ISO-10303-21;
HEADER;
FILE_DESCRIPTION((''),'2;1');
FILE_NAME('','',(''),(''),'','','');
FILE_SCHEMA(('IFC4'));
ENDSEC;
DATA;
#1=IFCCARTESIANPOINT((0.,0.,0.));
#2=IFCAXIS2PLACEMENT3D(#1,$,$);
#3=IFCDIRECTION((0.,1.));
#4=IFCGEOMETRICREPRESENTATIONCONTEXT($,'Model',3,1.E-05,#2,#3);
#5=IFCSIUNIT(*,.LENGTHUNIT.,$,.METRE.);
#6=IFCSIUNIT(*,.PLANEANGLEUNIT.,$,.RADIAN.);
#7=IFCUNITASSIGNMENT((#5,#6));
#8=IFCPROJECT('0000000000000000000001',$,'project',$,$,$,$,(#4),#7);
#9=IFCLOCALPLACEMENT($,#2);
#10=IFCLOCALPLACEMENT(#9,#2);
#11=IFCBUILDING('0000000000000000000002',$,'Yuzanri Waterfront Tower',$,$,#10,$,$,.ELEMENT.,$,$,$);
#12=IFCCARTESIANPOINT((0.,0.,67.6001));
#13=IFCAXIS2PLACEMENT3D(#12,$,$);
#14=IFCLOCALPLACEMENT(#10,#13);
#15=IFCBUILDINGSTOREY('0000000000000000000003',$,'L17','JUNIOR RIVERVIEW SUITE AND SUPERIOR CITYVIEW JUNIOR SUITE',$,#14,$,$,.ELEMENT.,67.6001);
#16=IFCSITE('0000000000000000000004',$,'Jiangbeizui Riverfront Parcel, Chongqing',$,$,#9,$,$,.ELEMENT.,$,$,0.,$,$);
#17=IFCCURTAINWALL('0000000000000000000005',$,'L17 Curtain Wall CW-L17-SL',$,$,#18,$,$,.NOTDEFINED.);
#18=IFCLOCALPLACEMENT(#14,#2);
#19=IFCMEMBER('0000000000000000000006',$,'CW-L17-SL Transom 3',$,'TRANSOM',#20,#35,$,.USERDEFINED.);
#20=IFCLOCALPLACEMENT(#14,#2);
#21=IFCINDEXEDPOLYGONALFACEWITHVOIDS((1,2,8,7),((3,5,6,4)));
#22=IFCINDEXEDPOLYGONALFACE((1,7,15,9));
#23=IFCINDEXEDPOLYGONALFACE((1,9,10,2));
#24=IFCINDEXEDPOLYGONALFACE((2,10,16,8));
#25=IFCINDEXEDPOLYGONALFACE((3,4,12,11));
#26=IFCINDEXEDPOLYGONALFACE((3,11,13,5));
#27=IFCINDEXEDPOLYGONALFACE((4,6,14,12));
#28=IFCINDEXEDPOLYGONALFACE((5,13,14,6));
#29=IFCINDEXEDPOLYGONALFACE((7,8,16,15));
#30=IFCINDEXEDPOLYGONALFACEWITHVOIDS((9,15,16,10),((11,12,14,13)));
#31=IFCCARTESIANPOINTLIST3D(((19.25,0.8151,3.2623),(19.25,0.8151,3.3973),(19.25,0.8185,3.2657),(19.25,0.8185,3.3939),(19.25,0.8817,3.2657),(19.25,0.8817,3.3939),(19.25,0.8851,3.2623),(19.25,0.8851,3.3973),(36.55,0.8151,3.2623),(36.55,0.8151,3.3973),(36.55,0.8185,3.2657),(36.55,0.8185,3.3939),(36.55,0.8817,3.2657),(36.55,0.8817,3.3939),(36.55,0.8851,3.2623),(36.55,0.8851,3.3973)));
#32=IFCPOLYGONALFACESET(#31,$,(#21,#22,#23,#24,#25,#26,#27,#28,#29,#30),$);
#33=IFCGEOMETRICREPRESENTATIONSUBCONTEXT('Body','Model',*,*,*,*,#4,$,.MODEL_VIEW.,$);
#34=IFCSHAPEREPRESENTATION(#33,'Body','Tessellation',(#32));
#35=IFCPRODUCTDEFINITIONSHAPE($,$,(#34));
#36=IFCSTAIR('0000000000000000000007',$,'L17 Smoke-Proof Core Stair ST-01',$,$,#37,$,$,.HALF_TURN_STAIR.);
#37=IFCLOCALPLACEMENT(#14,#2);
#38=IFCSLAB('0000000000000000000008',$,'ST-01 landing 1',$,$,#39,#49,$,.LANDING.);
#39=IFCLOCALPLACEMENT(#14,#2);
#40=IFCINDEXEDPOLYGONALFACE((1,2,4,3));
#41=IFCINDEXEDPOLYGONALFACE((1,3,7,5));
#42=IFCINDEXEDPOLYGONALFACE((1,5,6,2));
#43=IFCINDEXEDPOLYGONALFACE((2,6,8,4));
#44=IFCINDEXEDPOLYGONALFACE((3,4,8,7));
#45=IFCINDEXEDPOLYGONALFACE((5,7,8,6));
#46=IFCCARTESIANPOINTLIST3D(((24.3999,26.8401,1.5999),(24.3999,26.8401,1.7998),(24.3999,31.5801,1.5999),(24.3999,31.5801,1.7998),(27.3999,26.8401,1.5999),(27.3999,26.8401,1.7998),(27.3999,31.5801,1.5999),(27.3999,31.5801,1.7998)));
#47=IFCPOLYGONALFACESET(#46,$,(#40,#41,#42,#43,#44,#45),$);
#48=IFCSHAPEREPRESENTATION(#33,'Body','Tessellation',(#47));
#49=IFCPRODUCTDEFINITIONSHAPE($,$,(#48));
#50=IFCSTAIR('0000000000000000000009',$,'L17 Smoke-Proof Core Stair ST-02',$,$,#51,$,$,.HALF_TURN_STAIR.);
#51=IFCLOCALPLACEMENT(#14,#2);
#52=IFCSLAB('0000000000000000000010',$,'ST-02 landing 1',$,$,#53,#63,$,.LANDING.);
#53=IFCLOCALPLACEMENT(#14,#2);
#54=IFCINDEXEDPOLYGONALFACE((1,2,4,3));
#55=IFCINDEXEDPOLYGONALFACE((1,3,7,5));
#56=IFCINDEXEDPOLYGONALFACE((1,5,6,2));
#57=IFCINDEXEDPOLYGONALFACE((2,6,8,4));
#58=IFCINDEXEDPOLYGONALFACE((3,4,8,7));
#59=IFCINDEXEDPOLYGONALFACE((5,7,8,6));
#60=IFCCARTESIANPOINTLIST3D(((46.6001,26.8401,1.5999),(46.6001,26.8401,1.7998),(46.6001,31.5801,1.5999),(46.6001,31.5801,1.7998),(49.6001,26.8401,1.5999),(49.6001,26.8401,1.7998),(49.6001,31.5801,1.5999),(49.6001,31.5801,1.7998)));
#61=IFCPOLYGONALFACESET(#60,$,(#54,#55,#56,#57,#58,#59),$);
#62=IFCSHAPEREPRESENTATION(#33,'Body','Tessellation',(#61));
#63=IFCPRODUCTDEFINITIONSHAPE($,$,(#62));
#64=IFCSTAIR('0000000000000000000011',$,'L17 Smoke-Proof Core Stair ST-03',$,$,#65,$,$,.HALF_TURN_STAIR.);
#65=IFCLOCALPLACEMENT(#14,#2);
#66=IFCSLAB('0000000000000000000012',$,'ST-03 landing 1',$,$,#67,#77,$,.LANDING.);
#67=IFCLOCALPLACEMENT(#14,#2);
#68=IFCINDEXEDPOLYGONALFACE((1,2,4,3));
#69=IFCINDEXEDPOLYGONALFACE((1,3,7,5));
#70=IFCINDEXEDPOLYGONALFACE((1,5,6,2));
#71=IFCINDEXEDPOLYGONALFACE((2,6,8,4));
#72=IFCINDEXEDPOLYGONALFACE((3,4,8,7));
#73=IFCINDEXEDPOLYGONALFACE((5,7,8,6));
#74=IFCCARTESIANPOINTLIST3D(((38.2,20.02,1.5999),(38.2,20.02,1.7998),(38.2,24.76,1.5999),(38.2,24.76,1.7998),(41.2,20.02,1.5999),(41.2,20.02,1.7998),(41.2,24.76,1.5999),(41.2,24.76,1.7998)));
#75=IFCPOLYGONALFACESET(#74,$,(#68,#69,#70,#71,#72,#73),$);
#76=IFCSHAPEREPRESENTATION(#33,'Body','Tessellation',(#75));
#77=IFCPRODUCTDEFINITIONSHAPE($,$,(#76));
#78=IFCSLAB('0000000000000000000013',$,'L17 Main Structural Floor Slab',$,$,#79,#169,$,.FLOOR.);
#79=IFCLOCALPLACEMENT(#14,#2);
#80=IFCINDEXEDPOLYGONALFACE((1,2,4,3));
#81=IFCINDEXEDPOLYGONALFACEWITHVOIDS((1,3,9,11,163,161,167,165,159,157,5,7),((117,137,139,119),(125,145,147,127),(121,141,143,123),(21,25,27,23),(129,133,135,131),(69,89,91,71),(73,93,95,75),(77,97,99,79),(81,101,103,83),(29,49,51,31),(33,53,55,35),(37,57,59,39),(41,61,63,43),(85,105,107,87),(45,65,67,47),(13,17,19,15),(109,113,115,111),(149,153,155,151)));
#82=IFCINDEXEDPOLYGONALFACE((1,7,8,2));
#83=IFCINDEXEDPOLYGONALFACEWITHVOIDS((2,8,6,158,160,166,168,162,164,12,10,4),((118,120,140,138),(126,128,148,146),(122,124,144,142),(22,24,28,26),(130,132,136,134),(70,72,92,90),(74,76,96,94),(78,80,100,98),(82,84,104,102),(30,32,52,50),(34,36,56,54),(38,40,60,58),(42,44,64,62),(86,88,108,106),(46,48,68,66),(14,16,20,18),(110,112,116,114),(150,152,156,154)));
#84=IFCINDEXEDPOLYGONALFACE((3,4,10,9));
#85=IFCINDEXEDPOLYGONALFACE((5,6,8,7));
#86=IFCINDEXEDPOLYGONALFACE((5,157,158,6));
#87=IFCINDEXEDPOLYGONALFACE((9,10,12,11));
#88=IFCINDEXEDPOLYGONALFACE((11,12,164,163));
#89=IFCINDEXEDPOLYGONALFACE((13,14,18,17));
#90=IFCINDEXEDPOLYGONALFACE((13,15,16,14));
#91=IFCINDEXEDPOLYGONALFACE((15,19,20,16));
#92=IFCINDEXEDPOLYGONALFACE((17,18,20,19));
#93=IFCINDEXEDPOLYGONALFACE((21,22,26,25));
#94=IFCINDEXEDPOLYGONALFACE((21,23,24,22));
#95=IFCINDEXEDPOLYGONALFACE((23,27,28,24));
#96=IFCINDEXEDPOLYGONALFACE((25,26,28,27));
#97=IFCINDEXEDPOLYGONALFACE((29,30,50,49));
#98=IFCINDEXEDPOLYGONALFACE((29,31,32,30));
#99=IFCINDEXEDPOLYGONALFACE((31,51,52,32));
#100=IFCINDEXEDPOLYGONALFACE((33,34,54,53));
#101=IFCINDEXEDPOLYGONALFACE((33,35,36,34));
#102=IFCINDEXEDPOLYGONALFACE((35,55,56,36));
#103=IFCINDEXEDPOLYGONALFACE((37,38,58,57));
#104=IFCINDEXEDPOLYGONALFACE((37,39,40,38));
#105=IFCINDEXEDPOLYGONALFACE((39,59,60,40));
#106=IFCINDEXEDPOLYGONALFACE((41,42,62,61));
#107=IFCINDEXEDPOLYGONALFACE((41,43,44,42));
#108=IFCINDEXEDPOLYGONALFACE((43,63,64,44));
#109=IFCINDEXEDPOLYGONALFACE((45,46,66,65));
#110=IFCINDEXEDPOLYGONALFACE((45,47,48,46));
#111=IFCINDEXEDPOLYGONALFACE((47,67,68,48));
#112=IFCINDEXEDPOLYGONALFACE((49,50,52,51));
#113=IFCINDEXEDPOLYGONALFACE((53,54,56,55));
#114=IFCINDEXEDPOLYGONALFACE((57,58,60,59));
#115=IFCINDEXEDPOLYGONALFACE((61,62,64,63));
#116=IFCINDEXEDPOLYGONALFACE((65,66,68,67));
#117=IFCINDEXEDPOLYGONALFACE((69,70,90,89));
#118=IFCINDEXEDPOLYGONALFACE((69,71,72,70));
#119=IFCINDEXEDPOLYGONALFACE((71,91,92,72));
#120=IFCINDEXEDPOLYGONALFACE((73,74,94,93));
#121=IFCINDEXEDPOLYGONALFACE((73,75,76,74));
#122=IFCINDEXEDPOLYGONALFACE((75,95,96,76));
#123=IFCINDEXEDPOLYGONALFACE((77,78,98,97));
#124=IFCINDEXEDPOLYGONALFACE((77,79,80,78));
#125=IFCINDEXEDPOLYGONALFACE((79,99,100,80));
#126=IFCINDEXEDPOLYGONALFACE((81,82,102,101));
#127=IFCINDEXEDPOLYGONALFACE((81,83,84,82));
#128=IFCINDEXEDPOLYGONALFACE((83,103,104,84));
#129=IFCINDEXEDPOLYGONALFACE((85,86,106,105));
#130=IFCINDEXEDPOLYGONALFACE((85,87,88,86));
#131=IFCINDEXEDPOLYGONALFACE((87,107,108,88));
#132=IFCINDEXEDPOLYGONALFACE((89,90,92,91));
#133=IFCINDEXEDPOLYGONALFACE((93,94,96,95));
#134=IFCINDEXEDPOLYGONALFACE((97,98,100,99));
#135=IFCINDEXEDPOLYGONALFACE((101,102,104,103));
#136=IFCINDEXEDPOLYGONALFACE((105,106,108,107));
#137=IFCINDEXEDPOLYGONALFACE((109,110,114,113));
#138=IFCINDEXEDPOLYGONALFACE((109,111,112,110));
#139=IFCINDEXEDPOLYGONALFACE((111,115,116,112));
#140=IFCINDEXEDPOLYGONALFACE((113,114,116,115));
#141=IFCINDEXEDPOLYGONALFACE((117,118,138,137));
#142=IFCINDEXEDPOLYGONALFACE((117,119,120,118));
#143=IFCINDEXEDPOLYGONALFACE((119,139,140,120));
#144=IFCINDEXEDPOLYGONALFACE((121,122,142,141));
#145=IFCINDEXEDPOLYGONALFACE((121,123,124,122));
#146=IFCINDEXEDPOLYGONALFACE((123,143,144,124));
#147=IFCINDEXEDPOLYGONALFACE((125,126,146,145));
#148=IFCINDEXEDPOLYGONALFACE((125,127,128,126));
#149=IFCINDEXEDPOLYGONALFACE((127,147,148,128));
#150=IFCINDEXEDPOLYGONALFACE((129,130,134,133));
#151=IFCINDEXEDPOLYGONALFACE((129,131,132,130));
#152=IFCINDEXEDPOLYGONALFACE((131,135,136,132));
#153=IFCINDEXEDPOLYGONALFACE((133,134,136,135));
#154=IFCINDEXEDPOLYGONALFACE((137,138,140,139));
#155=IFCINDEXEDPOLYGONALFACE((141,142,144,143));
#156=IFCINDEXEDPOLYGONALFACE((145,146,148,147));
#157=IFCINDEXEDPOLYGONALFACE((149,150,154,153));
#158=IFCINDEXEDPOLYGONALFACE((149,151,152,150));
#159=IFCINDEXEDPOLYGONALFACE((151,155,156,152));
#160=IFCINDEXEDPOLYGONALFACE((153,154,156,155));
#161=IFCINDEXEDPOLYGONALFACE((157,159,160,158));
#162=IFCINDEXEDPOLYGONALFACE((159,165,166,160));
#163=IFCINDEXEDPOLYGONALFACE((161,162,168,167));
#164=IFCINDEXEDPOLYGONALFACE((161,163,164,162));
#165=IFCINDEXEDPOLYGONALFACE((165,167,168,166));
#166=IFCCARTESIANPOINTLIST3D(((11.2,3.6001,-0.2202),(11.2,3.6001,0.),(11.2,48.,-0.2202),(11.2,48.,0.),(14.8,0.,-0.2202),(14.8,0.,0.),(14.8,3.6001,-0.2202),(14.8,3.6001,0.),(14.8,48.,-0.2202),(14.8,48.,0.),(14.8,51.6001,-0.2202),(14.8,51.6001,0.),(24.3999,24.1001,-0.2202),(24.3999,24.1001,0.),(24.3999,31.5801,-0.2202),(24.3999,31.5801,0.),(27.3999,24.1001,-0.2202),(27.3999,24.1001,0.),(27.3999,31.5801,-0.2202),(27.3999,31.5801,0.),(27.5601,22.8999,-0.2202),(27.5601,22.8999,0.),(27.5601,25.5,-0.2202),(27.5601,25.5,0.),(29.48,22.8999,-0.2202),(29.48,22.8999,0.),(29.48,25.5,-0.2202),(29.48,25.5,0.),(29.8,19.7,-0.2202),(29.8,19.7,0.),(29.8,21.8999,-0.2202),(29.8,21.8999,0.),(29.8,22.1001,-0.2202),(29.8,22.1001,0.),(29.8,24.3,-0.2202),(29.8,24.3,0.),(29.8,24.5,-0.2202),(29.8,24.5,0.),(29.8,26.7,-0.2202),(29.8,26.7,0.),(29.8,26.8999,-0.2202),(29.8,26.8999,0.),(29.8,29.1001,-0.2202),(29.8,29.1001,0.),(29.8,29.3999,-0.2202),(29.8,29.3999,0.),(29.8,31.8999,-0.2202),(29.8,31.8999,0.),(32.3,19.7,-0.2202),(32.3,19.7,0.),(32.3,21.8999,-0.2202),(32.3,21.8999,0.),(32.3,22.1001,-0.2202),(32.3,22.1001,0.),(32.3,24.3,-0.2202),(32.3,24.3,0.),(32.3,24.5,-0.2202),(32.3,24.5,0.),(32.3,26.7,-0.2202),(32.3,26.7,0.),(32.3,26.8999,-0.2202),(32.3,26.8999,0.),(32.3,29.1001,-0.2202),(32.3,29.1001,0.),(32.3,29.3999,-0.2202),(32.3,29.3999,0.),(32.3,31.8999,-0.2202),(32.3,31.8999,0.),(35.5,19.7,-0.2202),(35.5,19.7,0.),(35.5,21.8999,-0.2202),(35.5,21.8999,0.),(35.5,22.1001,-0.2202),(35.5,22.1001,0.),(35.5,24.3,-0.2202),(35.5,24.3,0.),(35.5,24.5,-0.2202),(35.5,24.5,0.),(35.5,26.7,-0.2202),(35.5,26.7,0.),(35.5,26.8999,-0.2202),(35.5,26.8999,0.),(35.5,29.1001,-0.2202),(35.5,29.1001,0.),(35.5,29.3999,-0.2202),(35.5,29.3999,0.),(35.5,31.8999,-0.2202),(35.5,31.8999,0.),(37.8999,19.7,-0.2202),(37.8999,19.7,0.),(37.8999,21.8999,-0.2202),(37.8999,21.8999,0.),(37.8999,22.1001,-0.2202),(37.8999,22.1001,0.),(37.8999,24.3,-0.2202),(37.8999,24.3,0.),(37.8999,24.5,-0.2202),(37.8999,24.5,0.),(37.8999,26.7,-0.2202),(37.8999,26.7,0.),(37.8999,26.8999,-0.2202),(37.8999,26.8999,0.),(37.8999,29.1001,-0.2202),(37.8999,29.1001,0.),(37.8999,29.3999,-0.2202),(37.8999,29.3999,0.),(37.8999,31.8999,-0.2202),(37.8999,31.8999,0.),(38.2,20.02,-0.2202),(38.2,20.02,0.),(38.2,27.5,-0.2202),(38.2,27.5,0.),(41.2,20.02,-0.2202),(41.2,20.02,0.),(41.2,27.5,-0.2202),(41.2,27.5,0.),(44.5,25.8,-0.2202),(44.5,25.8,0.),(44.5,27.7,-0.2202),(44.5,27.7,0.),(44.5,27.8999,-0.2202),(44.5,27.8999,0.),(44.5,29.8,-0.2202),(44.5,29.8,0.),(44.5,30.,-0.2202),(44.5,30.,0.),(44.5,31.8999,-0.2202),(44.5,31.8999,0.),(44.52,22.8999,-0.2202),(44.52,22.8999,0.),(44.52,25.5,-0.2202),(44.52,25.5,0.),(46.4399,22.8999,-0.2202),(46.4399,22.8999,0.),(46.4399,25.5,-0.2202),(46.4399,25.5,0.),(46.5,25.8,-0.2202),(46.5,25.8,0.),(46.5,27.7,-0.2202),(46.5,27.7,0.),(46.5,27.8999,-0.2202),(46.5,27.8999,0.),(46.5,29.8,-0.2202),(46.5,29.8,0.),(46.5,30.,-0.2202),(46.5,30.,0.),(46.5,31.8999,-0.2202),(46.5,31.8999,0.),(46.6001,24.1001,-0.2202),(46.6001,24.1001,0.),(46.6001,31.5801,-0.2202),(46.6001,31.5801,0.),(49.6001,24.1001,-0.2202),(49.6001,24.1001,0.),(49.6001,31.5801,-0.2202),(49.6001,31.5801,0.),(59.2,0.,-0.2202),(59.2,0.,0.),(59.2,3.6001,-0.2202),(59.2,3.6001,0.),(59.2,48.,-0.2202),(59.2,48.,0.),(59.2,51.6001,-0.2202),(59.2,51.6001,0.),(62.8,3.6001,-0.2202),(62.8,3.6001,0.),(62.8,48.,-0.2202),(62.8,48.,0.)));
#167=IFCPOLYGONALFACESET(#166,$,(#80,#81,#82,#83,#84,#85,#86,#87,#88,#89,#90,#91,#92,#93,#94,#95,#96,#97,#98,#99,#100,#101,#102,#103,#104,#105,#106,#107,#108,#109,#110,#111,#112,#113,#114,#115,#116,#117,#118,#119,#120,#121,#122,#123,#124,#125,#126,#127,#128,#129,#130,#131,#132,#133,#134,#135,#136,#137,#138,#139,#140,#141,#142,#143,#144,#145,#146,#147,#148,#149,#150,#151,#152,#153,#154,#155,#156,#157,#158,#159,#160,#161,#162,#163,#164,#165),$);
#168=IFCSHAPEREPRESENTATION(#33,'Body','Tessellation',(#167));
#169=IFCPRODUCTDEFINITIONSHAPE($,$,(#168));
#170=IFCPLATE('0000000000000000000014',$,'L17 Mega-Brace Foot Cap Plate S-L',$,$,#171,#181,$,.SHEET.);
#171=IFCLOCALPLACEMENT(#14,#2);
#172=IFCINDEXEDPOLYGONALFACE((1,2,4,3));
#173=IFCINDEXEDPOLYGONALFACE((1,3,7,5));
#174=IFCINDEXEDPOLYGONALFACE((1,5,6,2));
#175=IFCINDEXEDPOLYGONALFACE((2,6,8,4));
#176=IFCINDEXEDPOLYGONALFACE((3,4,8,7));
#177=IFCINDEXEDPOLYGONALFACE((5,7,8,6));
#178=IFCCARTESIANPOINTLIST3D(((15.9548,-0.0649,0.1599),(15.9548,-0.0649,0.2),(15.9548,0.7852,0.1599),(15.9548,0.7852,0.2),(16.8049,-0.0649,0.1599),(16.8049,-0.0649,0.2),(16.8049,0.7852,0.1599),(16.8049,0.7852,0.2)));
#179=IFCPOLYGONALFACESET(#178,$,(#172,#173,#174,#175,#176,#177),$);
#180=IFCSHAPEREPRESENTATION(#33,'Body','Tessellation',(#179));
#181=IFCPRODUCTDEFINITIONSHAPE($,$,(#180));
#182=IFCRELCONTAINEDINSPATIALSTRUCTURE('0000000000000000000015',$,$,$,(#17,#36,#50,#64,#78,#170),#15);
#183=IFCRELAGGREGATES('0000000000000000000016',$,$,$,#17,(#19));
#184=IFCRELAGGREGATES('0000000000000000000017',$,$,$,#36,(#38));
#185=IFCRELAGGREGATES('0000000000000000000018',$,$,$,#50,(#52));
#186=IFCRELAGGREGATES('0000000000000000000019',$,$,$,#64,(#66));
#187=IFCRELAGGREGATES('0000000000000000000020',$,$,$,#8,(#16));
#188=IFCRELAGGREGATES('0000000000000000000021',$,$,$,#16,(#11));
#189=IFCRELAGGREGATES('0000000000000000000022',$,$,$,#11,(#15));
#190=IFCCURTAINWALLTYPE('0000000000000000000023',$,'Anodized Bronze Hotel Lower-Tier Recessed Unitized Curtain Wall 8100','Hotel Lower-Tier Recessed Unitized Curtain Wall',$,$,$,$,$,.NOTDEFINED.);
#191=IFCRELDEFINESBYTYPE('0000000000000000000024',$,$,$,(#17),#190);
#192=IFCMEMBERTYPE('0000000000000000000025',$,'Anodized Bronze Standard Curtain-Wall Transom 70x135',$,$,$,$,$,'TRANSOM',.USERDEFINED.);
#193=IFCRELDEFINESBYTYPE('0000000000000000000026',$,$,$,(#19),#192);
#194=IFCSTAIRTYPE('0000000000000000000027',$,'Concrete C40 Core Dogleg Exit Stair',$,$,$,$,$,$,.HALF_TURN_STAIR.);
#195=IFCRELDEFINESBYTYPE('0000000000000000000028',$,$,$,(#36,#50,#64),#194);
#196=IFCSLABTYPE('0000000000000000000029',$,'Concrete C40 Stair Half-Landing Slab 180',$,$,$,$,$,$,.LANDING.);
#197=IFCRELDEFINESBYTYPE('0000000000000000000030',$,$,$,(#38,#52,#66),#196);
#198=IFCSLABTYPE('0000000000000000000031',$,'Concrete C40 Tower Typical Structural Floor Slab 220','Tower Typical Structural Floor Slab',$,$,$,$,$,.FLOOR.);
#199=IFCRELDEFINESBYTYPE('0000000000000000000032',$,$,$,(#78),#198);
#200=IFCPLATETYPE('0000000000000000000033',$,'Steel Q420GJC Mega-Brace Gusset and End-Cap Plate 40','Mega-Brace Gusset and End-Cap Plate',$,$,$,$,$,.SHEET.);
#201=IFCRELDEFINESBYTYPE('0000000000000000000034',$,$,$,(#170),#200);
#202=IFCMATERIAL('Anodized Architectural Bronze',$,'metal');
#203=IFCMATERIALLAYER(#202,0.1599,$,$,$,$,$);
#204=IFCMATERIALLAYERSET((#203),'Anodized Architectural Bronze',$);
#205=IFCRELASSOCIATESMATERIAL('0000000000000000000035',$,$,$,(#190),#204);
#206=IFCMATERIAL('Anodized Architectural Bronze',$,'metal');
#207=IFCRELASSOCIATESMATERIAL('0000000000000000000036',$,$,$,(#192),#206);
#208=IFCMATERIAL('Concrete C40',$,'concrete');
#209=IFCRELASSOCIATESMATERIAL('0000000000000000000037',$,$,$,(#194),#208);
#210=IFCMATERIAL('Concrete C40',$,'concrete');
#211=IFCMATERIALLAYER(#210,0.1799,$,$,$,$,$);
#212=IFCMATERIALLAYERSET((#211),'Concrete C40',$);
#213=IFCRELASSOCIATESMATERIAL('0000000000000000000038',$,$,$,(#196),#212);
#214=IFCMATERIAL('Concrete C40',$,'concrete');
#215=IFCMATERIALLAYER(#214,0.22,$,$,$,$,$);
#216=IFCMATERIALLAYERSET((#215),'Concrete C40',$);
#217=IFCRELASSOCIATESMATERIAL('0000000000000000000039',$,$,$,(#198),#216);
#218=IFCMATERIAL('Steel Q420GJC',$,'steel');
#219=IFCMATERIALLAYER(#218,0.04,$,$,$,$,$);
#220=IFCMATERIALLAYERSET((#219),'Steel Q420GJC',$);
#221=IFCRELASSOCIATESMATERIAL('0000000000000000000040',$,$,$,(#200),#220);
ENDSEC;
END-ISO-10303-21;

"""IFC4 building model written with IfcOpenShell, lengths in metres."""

from ifc_helpers import new_model, si_unit, direction, frame, origin, origin_2d, place, context, subcontext, project, spatial, polyline, rectangle, hollow_rectangle, outline, extrude, source, transform, mapped, material, layer, layer_set, material_profile, profile_set, type_object, element, aggregate, save


model = new_model("IFC4")

# Units and contexts
model_context = context("Model", 3, precision=1e-05, world=origin(), true_north=direction((0.0, 1.0)))
body_context = subcontext(model_context, "Body", "Model", "MODEL_VIEW")
ifc_project = project(units=[si_unit("LENGTHUNIT", "METRE"), si_unit("PLANEANGLEUNIT", "RADIAN")], contexts=[model_context])

# Site, building, storey
site_placement = place(None, origin())
site = spatial("IfcSite", under=ifc_project, at=site_placement, Name="Jiangbeizui Riverfront Parcel, Chongqing", CompositionType="ELEMENT", RefElevation=0.0)
building_placement = place(site_placement, origin())
building = spatial("IfcBuilding", under=site, at=building_placement, Name="Yuzanri Waterfront Tower", CompositionType="ELEMENT")
storey_placement = place(building_placement, frame((0.0, 0.0, 67.6001)))
storey = spatial("IfcBuildingStorey", under=building, at=storey_placement, Name="L17", Description="JUNIOR RIVERVIEW SUITE AND SUPERIOR CITYVIEW JUNIOR SUITE", CompositionType="ELEMENT", Elevation=67.6001)

# Curtain wall, member
ifc_material_1 = material(Name="Anodized Architectural Bronze", Category="metal")
ifc_layer_1 = layer(ifc_material_1, 0.1599)
ifc_layer_set_1 = layer_set([ifc_layer_1], Name="Anodized Architectural Bronze")
curtain_wall_type = type_object("IfcCurtainWallType", Name="Anodized Bronze Hotel Lower-Tier Recessed Unitized Curtain Wall 8100", Description="Hotel Lower-Tier Recessed Unitized Curtain Wall", PredefinedType="NOTDEFINED", material=ifc_layer_set_1)
curtain_wall_placement = place(storey_placement, origin())
curtain_wall = element("IfcCurtainWall", 1, at=curtain_wall_placement, inside=storey, type_object=curtain_wall_type, Name="L17 Curtain Wall CW-L17-SL", PredefinedType="NOTDEFINED")
ifc_material_2 = material(Name="Anodized Architectural Bronze", Category="metal")
ifc_material_profile_1 = material_profile(ifc_material_2, hollow_rectangle(XDim=0.0701, YDim=0.135, WallThickness=0.0034, at=origin_2d()), Name="CWT 70x135")
ifc_profile_set_1 = profile_set([ifc_material_profile_1], Name="Anodized Architectural Bronze")
member_type_1 = type_object("IfcMemberType", Name="Anodized Bronze Standard Curtain-Wall Transom 70x135", ElementType="TRANSOM", PredefinedType="USERDEFINED", material=ifc_profile_set_1)
shared_shape_1 = source(origin(), body_context, "Body", "SweptSolid", [
    extrude(hollow_rectangle(XDim=0.0701, YDim=0.135, WallThickness=0.0034, at=origin_2d()), origin(), (0.0, 0.0, 1.0), 17.3),
])
member_1_placement = place(storey_placement, frame((19.25, 0.8501, 3.3298), z_axis=(1.0, 0.0, 0.0), x_axis=(0.0, 1.0, 0.0)))
member_1 = element("IfcMember", 2, at=member_1_placement, type_object=member_type_1, Name="CW-L17-SL Transom 3", ObjectType="TRANSOM", PredefinedType="USERDEFINED", context=body_context, shape_type="MappedRepresentation", body=[
    mapped(shared_shape_1, transform((0.0, 0.0, 0.0), scale=1.0)),
])
aggregate(curtain_wall, [member_1])

# Stairs, slabs
ifc_material_3 = material(Name="Concrete C40", Category="concrete")
stair_type = type_object("IfcStairType", Name="Concrete C40 Core Dogleg Exit Stair", PredefinedType="HALF_TURN_STAIR", material=ifc_material_3)
stair_1_placement = place(storey_placement, origin())
stair_1 = element("IfcStair", 3, at=stair_1_placement, inside=storey, type_object=stair_type, Name="L17 Smoke-Proof Core Stair ST-01", PredefinedType="HALF_TURN_STAIR")
ifc_material_4 = material(Name="Concrete C40", Category="concrete")
ifc_layer_2 = layer(ifc_material_4, 0.1799)
ifc_layer_set_2 = layer_set([ifc_layer_2], Name="Concrete C40")
slab_type_1 = type_object("IfcSlabType", Name="Concrete C40 Stair Half-Landing Slab 180", PredefinedType="LANDING", material=ifc_layer_set_2)
slab_1_placement = place(storey_placement, frame((0.0, 0.0, 1.5999)))
slab_1 = element("IfcSlab", 4, at=slab_1_placement, type_object=slab_type_1, Name="ST-01 landing 1", PredefinedType="LANDING", context=body_context, shape_type="SweptSolid", body=[
    extrude(outline(polyline([(27.3999, 26.8401), (27.3999, 31.5801), (24.3999, 31.5801), (24.3999, 26.8401), (27.3999, 26.8401)])), origin(), (0.0, 0.0, 1.0), 0.2),
])
aggregate(stair_1, [slab_1])
stair_2_placement = place(storey_placement, origin())
stair_2 = element("IfcStair", 5, at=stair_2_placement, inside=storey, type_object=stair_type, Name="L17 Smoke-Proof Core Stair ST-02", PredefinedType="HALF_TURN_STAIR")
slab_2_placement = place(storey_placement, frame((0.0, 0.0, 1.5999)))
slab_2 = element("IfcSlab", 6, at=slab_2_placement, type_object=slab_type_1, Name="ST-02 landing 1", PredefinedType="LANDING", context=body_context, shape_type="SweptSolid", body=[
    extrude(outline(polyline([(49.6001, 26.8401), (49.6001, 31.5801), (46.6001, 31.5801), (46.6001, 26.8401), (49.6001, 26.8401)])), origin(), (0.0, 0.0, 1.0), 0.2),
])
aggregate(stair_2, [slab_2])
stair_3_placement = place(storey_placement, origin())
stair_3 = element("IfcStair", 7, at=stair_3_placement, inside=storey, type_object=stair_type, Name="L17 Smoke-Proof Core Stair ST-03", PredefinedType="HALF_TURN_STAIR")
slab_3_placement = place(storey_placement, frame((0.0, 0.0, 1.5999)))
slab_3 = element("IfcSlab", 8, at=slab_3_placement, type_object=slab_type_1, Name="ST-03 landing 1", PredefinedType="LANDING", context=body_context, shape_type="SweptSolid", body=[
    extrude(outline(polyline([(38.2, 24.76), (38.2, 20.02), (41.2, 20.02), (41.2, 24.76), (38.2, 24.76)])), origin(), (0.0, 0.0, 1.0), 0.2),
])
aggregate(stair_3, [slab_3])

# Slab
ifc_material_5 = material(Name="Concrete C40", Category="concrete")
ifc_layer_3 = layer(ifc_material_5, 0.22)
ifc_layer_set_3 = layer_set([ifc_layer_3], Name="Concrete C40")
slab_type_2 = type_object("IfcSlabType", Name="Concrete C40 Tower Typical Structural Floor Slab 220", Description="Tower Typical Structural Floor Slab", PredefinedType="FLOOR", material=ifc_layer_set_3)
slab_4_placement = place(storey_placement, frame((0.0, 0.0, -0.2202)))
element("IfcSlab", 9, at=slab_4_placement, inside=storey, type_object=slab_type_2, Name="L17 Main Structural Floor Slab", PredefinedType="FLOOR", context=body_context, shape_type="SweptSolid", body=[
    extrude(outline(polyline([(14.8, 0.0), (59.2, 0.0), (59.2, 3.6001), (62.8, 3.6001), (62.8, 48.0), (59.2, 48.0), (59.2, 51.6001), (14.8, 51.6001), (14.8, 48.0), (11.2, 48.0), (11.2, 3.6001), (14.8, 3.6001), (14.8, 0.0)]), holes=[polyline([(27.3999, 24.1001), (27.3999, 31.5801), (24.3999, 31.5801), (24.3999, 24.1001), (27.3999, 24.1001)]), polyline([(49.6001, 24.1001), (49.6001, 31.5801), (46.6001, 31.5801), (46.6001, 24.1001), (49.6001, 24.1001)]), polyline([(38.2, 27.5), (38.2, 20.02), (41.2, 20.02), (41.2, 27.5), (38.2, 27.5)]), polyline([(27.5601, 22.8999), (29.48, 22.8999), (29.48, 25.5), (27.5601, 25.5), (27.5601, 22.8999)]), polyline([(44.52, 22.8999), (46.4399, 22.8999), (46.4399, 25.5), (44.52, 25.5), (44.52, 22.8999)]), polyline([(29.8, 19.7), (32.3, 19.7), (32.3, 21.8999), (29.8, 21.8999), (29.8, 19.7)]), polyline([(29.8, 22.1001), (32.3, 22.1001), (32.3, 24.3), (29.8, 24.3), (29.8, 22.1001)]), polyline([(29.8, 24.5), (32.3, 24.5), (32.3, 26.7), (29.8, 26.7), (29.8, 24.5)]), polyline([(29.8, 26.8999), (32.3, 26.8999), (32.3, 29.1001), (29.8, 29.1001), (29.8, 26.8999)]), polyline([(29.8, 29.3999), (32.3, 29.3999), (32.3, 31.8999), (29.8, 31.8999), (29.8, 29.3999)]), polyline([(35.5, 19.7), (37.8999, 19.7), (37.8999, 21.8999), (35.5, 21.8999), (35.5, 19.7)]), polyline([(35.5, 22.1001), (37.8999, 22.1001), (37.8999, 24.3), (35.5, 24.3), (35.5, 22.1001)]), polyline([(35.5, 24.5), (37.8999, 24.5), (37.8999, 26.7), (35.5, 26.7), (35.5, 24.5)]), polyline([(35.5, 26.8999), (37.8999, 26.8999), (37.8999, 29.1001), (35.5, 29.1001), (35.5, 26.8999)]), polyline([(35.5, 29.3999), (37.8999, 29.3999), (37.8999, 31.8999), (35.5, 31.8999), (35.5, 29.3999)]), polyline([(44.5, 25.8), (46.5, 25.8), (46.5, 27.7), (44.5, 27.7), (44.5, 25.8)]), polyline([(44.5, 27.8999), (46.5, 27.8999), (46.5, 29.8), (44.5, 29.8), (44.5, 27.8999)]), polyline([(44.5, 30.0), (46.5, 30.0), (46.5, 31.8999), (44.5, 31.8999), (44.5, 30.0)])]), origin(), (0.0, 0.0, 1.0), 0.2202),
])

# Plate
ifc_material_6 = material(Name="Steel Q420GJC", Category="steel")
ifc_layer_4 = layer(ifc_material_6, 0.04)
ifc_layer_set_4 = layer_set([ifc_layer_4], Name="Steel Q420GJC")
plate_type = type_object("IfcPlateType", Name="Steel Q420GJC Mega-Brace Gusset and End-Cap Plate 40", Description="Mega-Brace Gusset and End-Cap Plate", PredefinedType="SHEET", material=ifc_layer_set_4)
shared_shape_2 = source(origin(), body_context, "Body", "SweptSolid", [
    extrude(rectangle(XDim=0.8501, YDim=0.8501, at=origin_2d()), origin(), (0.0, 0.0, 1.0), 0.04),
])
plate_placement = place(storey_placement, frame((16.3799, 0.3601, 0.1599), z_axis=(0.0, 0.0, 1.0), x_axis=(1.0, 0.0, 0.0)))
element("IfcPlate", 10, at=plate_placement, inside=storey, type_object=plate_type, Name="L17 Mega-Brace Foot Cap Plate S-L", PredefinedType="SHEET", context=body_context, shape_type="MappedRepresentation", body=[
    mapped(shared_shape_2, transform((0.0, 0.0, 0.0), scale=1.0)),
])

save(model, "model.ifc")
